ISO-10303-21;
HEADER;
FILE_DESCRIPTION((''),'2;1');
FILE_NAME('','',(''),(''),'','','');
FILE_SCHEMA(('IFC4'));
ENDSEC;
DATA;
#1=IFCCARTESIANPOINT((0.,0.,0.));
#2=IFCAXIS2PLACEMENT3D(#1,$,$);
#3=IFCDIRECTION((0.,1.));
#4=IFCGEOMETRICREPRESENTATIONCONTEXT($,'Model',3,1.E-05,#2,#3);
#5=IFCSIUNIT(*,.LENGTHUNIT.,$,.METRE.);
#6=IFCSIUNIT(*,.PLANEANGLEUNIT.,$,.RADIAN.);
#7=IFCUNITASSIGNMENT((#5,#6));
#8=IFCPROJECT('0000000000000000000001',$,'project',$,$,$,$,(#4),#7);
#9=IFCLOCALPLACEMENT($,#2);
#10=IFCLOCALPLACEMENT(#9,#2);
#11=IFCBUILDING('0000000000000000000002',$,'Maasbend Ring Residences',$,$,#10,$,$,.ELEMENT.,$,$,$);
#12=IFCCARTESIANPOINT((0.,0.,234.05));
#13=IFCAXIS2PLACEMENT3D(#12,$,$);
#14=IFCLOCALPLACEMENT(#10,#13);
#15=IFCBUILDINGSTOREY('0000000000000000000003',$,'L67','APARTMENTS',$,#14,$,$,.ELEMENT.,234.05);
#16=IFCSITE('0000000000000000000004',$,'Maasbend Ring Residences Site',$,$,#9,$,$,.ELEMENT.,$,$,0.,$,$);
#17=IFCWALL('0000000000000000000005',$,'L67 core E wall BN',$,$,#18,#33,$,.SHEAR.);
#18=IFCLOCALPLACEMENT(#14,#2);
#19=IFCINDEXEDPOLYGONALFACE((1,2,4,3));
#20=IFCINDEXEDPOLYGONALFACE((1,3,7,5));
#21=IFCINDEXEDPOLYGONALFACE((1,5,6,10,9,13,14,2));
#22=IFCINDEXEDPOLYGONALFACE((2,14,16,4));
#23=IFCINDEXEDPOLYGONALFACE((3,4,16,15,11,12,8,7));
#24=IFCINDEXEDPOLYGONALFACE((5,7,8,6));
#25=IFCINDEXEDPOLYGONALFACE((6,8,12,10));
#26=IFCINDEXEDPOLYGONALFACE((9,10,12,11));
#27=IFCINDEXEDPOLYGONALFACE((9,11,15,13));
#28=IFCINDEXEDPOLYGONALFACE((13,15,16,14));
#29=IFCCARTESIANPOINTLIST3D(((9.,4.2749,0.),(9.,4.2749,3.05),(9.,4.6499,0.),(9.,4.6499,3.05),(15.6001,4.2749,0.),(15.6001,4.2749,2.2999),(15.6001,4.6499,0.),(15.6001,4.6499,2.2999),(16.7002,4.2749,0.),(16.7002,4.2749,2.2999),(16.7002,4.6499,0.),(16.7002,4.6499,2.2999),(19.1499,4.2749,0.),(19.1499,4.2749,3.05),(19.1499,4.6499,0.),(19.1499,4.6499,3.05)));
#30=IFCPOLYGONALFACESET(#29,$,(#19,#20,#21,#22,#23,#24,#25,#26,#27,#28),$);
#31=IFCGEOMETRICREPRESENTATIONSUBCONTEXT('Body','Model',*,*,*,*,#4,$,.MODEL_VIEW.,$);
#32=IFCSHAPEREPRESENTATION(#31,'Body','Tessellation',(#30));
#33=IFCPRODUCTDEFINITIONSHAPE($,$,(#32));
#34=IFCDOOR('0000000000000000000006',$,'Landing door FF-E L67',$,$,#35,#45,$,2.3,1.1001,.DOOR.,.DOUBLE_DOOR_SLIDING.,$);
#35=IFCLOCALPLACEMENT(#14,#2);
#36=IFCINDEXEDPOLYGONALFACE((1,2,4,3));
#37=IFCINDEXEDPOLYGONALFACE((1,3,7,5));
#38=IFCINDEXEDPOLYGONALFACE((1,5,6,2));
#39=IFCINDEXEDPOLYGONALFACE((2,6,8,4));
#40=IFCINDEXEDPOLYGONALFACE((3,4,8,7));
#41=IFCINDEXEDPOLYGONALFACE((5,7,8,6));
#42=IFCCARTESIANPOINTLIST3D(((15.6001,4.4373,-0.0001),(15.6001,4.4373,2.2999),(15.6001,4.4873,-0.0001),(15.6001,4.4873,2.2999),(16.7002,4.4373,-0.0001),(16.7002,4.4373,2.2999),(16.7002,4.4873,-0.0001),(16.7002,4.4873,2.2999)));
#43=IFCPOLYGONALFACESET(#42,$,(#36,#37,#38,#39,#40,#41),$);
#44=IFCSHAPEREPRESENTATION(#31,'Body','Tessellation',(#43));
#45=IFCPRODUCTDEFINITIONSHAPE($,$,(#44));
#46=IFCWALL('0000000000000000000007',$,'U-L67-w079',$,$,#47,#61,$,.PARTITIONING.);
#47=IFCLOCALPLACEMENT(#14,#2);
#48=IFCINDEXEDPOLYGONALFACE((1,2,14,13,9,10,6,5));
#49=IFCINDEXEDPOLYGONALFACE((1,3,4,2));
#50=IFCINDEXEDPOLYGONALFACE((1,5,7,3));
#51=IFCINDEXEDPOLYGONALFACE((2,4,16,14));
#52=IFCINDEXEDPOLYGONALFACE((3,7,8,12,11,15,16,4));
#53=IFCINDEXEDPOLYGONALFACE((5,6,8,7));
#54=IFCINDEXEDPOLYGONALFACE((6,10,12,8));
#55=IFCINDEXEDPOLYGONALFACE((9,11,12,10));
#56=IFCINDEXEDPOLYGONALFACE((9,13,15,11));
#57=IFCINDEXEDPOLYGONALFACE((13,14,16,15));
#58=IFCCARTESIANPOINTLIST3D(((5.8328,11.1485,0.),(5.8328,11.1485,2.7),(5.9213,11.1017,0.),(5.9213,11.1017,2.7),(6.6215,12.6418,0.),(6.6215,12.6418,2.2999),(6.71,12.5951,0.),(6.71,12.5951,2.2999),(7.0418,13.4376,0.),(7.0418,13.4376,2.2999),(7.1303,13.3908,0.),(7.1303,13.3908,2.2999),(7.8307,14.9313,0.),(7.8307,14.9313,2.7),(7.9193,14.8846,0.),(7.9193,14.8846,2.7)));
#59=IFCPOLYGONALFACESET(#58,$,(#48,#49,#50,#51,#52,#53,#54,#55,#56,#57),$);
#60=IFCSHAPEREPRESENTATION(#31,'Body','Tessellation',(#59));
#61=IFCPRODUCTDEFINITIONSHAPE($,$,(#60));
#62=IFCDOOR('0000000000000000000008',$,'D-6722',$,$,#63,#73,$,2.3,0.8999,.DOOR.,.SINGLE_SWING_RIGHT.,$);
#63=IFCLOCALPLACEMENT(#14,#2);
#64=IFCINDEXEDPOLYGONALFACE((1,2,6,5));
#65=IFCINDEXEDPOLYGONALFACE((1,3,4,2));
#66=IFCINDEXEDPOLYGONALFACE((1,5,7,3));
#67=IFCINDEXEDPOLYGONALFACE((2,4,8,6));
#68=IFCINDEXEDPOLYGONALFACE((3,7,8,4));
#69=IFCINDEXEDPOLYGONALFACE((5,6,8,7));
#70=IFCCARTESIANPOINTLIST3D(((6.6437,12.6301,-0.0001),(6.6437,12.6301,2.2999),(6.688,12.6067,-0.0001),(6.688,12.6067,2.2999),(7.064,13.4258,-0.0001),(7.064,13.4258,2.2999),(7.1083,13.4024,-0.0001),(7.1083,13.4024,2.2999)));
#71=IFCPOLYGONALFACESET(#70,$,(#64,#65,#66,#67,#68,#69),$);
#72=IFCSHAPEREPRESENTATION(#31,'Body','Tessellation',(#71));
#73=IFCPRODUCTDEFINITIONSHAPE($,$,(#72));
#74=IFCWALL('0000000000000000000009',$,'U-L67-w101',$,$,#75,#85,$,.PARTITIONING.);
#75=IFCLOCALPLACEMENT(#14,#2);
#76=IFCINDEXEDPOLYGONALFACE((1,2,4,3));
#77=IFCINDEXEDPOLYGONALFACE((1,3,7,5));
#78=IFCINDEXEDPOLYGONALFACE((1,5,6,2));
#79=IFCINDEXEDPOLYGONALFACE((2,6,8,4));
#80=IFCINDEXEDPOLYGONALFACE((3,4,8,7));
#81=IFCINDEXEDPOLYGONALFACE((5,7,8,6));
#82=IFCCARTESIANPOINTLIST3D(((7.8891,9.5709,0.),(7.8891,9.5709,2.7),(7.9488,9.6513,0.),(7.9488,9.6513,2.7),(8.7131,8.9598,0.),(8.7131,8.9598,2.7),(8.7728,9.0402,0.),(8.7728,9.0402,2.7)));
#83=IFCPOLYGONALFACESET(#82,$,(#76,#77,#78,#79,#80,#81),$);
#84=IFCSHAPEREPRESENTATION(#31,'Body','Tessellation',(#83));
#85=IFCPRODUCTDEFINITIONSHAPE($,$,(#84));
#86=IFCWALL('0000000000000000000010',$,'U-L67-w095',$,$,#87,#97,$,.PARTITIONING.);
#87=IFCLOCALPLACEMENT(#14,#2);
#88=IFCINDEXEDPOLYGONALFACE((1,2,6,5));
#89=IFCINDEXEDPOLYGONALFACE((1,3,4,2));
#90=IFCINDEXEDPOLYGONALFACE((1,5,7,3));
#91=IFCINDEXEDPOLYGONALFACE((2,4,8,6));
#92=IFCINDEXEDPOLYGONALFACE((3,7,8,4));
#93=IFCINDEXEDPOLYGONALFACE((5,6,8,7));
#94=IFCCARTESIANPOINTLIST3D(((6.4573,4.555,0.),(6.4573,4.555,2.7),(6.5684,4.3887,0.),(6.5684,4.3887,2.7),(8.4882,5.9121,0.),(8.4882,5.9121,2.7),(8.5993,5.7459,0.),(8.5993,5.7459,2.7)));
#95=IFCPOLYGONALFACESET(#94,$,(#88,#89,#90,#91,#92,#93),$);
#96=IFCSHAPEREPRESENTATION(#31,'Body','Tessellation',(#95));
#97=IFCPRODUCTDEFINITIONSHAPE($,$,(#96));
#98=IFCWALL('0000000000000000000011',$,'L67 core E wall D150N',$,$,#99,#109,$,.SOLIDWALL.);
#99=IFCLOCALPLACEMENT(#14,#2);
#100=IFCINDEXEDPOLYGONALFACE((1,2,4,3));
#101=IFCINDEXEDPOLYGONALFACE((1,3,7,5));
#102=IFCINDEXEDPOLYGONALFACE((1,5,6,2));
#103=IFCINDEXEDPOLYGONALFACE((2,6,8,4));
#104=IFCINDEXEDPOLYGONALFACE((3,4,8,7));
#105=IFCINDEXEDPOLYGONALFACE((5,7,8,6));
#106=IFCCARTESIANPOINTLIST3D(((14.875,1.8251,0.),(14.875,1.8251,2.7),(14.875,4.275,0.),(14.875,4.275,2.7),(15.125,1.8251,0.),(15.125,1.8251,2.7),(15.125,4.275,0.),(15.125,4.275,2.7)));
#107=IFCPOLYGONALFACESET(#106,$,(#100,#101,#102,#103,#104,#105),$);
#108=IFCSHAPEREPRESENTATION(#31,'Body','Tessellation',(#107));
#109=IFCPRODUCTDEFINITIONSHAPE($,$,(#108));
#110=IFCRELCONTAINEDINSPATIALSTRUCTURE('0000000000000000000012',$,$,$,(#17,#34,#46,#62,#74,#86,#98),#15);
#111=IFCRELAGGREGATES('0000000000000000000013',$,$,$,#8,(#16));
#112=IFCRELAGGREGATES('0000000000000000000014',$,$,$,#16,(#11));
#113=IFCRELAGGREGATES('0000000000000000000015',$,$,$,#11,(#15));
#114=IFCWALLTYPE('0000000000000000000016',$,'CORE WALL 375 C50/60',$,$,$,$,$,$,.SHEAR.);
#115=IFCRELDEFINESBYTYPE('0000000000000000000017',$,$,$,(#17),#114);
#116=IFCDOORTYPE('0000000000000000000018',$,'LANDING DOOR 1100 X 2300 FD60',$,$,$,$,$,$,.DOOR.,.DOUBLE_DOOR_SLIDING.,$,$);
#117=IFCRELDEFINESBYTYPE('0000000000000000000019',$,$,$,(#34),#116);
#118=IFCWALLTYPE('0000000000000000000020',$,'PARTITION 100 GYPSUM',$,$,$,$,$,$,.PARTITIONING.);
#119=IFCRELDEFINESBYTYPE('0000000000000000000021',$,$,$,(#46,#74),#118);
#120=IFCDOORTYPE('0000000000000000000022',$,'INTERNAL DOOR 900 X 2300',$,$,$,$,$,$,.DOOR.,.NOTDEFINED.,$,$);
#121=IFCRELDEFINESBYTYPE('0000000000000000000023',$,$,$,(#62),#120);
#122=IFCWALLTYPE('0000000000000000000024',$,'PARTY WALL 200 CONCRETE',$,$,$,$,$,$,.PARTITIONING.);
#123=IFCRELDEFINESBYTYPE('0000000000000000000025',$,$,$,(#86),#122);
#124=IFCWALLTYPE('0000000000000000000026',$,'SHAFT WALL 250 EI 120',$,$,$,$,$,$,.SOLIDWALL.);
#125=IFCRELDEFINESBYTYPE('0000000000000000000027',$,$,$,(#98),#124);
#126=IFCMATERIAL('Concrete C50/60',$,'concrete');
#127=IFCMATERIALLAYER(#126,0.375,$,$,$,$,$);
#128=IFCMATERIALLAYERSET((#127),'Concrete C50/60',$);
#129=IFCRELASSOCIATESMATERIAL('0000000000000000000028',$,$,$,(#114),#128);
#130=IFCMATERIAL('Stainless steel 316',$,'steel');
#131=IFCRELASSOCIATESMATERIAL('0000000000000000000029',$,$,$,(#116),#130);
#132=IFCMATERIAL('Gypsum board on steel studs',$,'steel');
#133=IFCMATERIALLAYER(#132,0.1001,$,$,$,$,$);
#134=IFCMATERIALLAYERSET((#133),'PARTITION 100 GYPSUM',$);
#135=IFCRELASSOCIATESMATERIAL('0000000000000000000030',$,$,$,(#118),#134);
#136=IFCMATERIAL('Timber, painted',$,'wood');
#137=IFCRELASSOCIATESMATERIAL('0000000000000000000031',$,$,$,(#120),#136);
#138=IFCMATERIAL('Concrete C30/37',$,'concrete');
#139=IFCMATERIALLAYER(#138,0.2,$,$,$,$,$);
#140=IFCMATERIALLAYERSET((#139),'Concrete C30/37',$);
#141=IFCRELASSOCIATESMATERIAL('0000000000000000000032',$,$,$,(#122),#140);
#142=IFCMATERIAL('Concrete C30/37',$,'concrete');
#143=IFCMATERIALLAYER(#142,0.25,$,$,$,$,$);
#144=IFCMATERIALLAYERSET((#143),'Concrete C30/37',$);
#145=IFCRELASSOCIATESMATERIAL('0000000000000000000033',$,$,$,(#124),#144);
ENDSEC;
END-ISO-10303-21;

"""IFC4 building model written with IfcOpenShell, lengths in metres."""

from ifc_helpers import new_model, si_unit, direction, frame, frame_2d, origin, place, context, subcontext, project, spatial, rectangle, extrude, material, layer, layer_set, type_object, element, fill, save


model = new_model("IFC4")

# Units and contexts
model_context = context("Model", 3, precision=1e-05, world=origin(), true_north=direction((0.0, 1.0)))
body_context = subcontext(model_context, "Body", "Model", "MODEL_VIEW")
ifc_project = project(units=[si_unit("LENGTHUNIT", "METRE"), si_unit("PLANEANGLEUNIT", "RADIAN")], contexts=[model_context])

# Site, building, storey
site_placement = place(None, origin())
site = spatial("IfcSite", under=ifc_project, at=site_placement, Name="Maasbend Ring Residences Site", CompositionType="ELEMENT", RefElevation=0.0)
building_placement = place(site_placement, origin())
building = spatial("IfcBuilding", under=site, at=building_placement, Name="Maasbend Ring Residences", CompositionType="ELEMENT")
storey_placement = place(building_placement, frame((0.0, 0.0, 234.05)))
storey = spatial("IfcBuildingStorey", under=building, at=storey_placement, Name="L67", Description="APARTMENTS", CompositionType="ELEMENT", Elevation=234.05)

# Walls, openings, doors
ifc_material_1 = material(Name="Concrete C50/60", Category="concrete")
ifc_layer_1 = layer(ifc_material_1, 0.375)
ifc_layer_set_1 = layer_set([ifc_layer_1], Name="Concrete C50/60")
wall_type_1 = type_object("IfcWallType", Name="CORE WALL 375 C50/60", PredefinedType="SHEAR", material=ifc_layer_set_1)
wall_1_placement = place(storey_placement, frame((9.0, 4.4624, 0.0), z_axis=(0.0, 0.0, 1.0), x_axis=(1.0, 0.0, 0.0)))
wall_1 = element("IfcWall", 1, at=wall_1_placement, inside=storey, type_object=wall_type_1, Name="L67 core E wall BN", PredefinedType="SHEAR", context=body_context, shape_type="SweptSolid", body=[
    extrude(rectangle(XDim=10.1499, YDim=0.375, at=frame_2d((5.075, 0.0))), origin(), (0.0, 0.0, 1.0), 3.05),
])
opening_1_placement = place(wall_1_placement, frame((6.6001, 0.0, 0.0)))
opening_1 = element("IfcOpeningElement", 2, at=opening_1_placement, cuts=wall_1, PredefinedType="OPENING", context=body_context, shape_type="SweptSolid", body=[
    extrude(rectangle(XDim=1.1001, YDim=2.3, at=frame_2d((0.55, 1.1499))), frame((0.0, 0.1975, 0.0), z_axis=(0.0, -1.0, 0.0), x_axis=(1.0, 0.0, 0.0)), (0.0, 0.0, 1.0), 0.395),
])
ifc_material_2 = material(Name="Stainless steel 316", Category="steel")
door_type_1 = type_object("IfcDoorType", Name="LANDING DOOR 1100 X 2300 FD60", OperationType="DOUBLE_DOOR_SLIDING", PredefinedType="DOOR", material=ifc_material_2)
door_1_placement = place(opening_1_placement, origin())
door_1 = element("IfcDoor", 3, at=door_1_placement, inside=storey, type_object=door_type_1, Name="Landing door FF-E L67", OperationType="DOUBLE_DOOR_SLIDING", OverallHeight=2.3, OverallWidth=1.1001, PredefinedType="DOOR", context=body_context, shape_type="SweptSolid", body=[
    extrude(rectangle(XDim=1.1001, YDim=2.3, at=frame_2d((0.55, 1.1499))), frame((0.0, 0.0249, 0.0), z_axis=(0.0, -1.0, 0.0), x_axis=(1.0, 0.0, 0.0)), (0.0, 0.0, 1.0), 0.05),
])
fill(opening_1, door_1)
ifc_material_3 = material(Name="Gypsum board on steel studs", Category="steel")
ifc_layer_2 = layer(ifc_material_3, 0.1001)
ifc_layer_set_2 = layer_set([ifc_layer_2], Name="PARTITION 100 GYPSUM")
wall_type_2 = type_object("IfcWallType", Name="PARTITION 100 GYPSUM", PredefinedType="PARTITIONING", material=ifc_layer_set_2)
wall_2_placement = place(storey_placement, frame((5.877, 11.125, 0.0), z_axis=(0.0, 0.0, 1.0), x_axis=(0.46703, 0.884241, 0.0)))
wall_2 = element("IfcWall", 4, at=wall_2_placement, inside=storey, type_object=wall_type_2, Name="U-L67-w079", PredefinedType="PARTITIONING", context=body_context, shape_type="SweptSolid", body=[
    extrude(rectangle(XDim=4.2781, YDim=0.1001, at=frame_2d((2.1392, 0.0))), origin(), (0.0, 0.0, 1.0), 2.7),
])
opening_2_placement = place(wall_2_placement, frame((1.689, 0.0, 0.0)))
opening_2 = element("IfcOpeningElement", 5, at=opening_2_placement, cuts=wall_2, PredefinedType="OPENING", context=body_context, shape_type="SweptSolid", body=[
    extrude(rectangle(XDim=0.8999, YDim=2.3, at=frame_2d((0.45, 1.1499))), frame((0.0, 0.0601, 0.0), z_axis=(0.0, -1.0, 0.0), x_axis=(1.0, 0.0, 0.0)), (0.0, 0.0, 1.0), 0.1201),
])
ifc_material_4 = material(Name="Timber, painted", Category="wood")
door_type_2 = type_object("IfcDoorType", Name="INTERNAL DOOR 900 X 2300", OperationType="NOTDEFINED", PredefinedType="DOOR", material=ifc_material_4)
door_2_placement = place(opening_2_placement, origin())
door_2 = element("IfcDoor", 6, at=door_2_placement, inside=storey, type_object=door_type_2, Name="D-6722", OperationType="SINGLE_SWING_RIGHT", OverallHeight=2.3, OverallWidth=0.8999, PredefinedType="DOOR", context=body_context, shape_type="SweptSolid", body=[
    extrude(rectangle(XDim=0.8999, YDim=2.3, at=frame_2d((0.45, 1.1499))), frame((0.0, 0.0249, 0.0), z_axis=(0.0, -1.0, 0.0), x_axis=(1.0, 0.0, 0.0)), (0.0, 0.0, 1.0), 0.05),
])
fill(opening_2, door_2)

# Walls
wall_3_placement = place(storey_placement, frame((7.9189, 9.6111, 0.0), z_axis=(0.0, 0.0, 1.0), x_axis=(0.803216, -0.595688, 0.0)))
element("IfcWall", 7, at=wall_3_placement, inside=storey, type_object=wall_type_2, Name="U-L67-w101", PredefinedType="PARTITIONING", context=body_context, shape_type="SweptSolid", body=[
    extrude(rectangle(XDim=1.0259, YDim=0.1001, at=frame_2d((0.5129, 0.0))), origin(), (0.0, 0.0, 1.0), 2.7),
])
ifc_material_5 = material(Name="Concrete C30/37", Category="concrete")
ifc_layer_3 = layer(ifc_material_5, 0.2)
ifc_layer_set_3 = layer_set([ifc_layer_3], Name="Concrete C30/37")
wall_type_3 = type_object("IfcWallType", Name="PARTY WALL 200 CONCRETE", PredefinedType="PARTITIONING", material=ifc_layer_set_3)
wall_4_placement = place(storey_placement, frame((6.5129, 4.4719, 0.0), z_axis=(0.0, 0.0, 1.0), x_axis=(0.83145, 0.555599, 0.0)))
element("IfcWall", 8, at=wall_4_placement, inside=storey, type_object=wall_type_3, Name="U-L67-w095", PredefinedType="PARTITIONING", context=body_context, shape_type="SweptSolid", body=[
    extrude(rectangle(XDim=2.4426, YDim=0.2, at=frame_2d((1.2212, 0.0))), origin(), (0.0, 0.0, 1.0), 2.7),
])
ifc_material_6 = material(Name="Concrete C30/37", Category="concrete")
ifc_layer_4 = layer(ifc_material_6, 0.25)
ifc_layer_set_4 = layer_set([ifc_layer_4], Name="Concrete C30/37")
wall_type_4 = type_object("IfcWallType", Name="SHAFT WALL 250 EI 120", PredefinedType="SOLIDWALL", material=ifc_layer_set_4)
wall_5_placement = place(storey_placement, frame((15.0, 1.825, 0.0), z_axis=(0.0, 0.0, 1.0), x_axis=(0.0, 1.0, 0.0)))
element("IfcWall", 9, at=wall_5_placement, inside=storey, type_object=wall_type_4, Name="L67 core E wall D150N", PredefinedType="SOLIDWALL", context=body_context, shape_type="SweptSolid", body=[
    extrude(rectangle(XDim=2.45, YDim=0.25, at=frame_2d((1.2251, 0.0))), origin(), (0.0, 0.0, 1.0), 2.7),
])

save(model, "model.ifc")
